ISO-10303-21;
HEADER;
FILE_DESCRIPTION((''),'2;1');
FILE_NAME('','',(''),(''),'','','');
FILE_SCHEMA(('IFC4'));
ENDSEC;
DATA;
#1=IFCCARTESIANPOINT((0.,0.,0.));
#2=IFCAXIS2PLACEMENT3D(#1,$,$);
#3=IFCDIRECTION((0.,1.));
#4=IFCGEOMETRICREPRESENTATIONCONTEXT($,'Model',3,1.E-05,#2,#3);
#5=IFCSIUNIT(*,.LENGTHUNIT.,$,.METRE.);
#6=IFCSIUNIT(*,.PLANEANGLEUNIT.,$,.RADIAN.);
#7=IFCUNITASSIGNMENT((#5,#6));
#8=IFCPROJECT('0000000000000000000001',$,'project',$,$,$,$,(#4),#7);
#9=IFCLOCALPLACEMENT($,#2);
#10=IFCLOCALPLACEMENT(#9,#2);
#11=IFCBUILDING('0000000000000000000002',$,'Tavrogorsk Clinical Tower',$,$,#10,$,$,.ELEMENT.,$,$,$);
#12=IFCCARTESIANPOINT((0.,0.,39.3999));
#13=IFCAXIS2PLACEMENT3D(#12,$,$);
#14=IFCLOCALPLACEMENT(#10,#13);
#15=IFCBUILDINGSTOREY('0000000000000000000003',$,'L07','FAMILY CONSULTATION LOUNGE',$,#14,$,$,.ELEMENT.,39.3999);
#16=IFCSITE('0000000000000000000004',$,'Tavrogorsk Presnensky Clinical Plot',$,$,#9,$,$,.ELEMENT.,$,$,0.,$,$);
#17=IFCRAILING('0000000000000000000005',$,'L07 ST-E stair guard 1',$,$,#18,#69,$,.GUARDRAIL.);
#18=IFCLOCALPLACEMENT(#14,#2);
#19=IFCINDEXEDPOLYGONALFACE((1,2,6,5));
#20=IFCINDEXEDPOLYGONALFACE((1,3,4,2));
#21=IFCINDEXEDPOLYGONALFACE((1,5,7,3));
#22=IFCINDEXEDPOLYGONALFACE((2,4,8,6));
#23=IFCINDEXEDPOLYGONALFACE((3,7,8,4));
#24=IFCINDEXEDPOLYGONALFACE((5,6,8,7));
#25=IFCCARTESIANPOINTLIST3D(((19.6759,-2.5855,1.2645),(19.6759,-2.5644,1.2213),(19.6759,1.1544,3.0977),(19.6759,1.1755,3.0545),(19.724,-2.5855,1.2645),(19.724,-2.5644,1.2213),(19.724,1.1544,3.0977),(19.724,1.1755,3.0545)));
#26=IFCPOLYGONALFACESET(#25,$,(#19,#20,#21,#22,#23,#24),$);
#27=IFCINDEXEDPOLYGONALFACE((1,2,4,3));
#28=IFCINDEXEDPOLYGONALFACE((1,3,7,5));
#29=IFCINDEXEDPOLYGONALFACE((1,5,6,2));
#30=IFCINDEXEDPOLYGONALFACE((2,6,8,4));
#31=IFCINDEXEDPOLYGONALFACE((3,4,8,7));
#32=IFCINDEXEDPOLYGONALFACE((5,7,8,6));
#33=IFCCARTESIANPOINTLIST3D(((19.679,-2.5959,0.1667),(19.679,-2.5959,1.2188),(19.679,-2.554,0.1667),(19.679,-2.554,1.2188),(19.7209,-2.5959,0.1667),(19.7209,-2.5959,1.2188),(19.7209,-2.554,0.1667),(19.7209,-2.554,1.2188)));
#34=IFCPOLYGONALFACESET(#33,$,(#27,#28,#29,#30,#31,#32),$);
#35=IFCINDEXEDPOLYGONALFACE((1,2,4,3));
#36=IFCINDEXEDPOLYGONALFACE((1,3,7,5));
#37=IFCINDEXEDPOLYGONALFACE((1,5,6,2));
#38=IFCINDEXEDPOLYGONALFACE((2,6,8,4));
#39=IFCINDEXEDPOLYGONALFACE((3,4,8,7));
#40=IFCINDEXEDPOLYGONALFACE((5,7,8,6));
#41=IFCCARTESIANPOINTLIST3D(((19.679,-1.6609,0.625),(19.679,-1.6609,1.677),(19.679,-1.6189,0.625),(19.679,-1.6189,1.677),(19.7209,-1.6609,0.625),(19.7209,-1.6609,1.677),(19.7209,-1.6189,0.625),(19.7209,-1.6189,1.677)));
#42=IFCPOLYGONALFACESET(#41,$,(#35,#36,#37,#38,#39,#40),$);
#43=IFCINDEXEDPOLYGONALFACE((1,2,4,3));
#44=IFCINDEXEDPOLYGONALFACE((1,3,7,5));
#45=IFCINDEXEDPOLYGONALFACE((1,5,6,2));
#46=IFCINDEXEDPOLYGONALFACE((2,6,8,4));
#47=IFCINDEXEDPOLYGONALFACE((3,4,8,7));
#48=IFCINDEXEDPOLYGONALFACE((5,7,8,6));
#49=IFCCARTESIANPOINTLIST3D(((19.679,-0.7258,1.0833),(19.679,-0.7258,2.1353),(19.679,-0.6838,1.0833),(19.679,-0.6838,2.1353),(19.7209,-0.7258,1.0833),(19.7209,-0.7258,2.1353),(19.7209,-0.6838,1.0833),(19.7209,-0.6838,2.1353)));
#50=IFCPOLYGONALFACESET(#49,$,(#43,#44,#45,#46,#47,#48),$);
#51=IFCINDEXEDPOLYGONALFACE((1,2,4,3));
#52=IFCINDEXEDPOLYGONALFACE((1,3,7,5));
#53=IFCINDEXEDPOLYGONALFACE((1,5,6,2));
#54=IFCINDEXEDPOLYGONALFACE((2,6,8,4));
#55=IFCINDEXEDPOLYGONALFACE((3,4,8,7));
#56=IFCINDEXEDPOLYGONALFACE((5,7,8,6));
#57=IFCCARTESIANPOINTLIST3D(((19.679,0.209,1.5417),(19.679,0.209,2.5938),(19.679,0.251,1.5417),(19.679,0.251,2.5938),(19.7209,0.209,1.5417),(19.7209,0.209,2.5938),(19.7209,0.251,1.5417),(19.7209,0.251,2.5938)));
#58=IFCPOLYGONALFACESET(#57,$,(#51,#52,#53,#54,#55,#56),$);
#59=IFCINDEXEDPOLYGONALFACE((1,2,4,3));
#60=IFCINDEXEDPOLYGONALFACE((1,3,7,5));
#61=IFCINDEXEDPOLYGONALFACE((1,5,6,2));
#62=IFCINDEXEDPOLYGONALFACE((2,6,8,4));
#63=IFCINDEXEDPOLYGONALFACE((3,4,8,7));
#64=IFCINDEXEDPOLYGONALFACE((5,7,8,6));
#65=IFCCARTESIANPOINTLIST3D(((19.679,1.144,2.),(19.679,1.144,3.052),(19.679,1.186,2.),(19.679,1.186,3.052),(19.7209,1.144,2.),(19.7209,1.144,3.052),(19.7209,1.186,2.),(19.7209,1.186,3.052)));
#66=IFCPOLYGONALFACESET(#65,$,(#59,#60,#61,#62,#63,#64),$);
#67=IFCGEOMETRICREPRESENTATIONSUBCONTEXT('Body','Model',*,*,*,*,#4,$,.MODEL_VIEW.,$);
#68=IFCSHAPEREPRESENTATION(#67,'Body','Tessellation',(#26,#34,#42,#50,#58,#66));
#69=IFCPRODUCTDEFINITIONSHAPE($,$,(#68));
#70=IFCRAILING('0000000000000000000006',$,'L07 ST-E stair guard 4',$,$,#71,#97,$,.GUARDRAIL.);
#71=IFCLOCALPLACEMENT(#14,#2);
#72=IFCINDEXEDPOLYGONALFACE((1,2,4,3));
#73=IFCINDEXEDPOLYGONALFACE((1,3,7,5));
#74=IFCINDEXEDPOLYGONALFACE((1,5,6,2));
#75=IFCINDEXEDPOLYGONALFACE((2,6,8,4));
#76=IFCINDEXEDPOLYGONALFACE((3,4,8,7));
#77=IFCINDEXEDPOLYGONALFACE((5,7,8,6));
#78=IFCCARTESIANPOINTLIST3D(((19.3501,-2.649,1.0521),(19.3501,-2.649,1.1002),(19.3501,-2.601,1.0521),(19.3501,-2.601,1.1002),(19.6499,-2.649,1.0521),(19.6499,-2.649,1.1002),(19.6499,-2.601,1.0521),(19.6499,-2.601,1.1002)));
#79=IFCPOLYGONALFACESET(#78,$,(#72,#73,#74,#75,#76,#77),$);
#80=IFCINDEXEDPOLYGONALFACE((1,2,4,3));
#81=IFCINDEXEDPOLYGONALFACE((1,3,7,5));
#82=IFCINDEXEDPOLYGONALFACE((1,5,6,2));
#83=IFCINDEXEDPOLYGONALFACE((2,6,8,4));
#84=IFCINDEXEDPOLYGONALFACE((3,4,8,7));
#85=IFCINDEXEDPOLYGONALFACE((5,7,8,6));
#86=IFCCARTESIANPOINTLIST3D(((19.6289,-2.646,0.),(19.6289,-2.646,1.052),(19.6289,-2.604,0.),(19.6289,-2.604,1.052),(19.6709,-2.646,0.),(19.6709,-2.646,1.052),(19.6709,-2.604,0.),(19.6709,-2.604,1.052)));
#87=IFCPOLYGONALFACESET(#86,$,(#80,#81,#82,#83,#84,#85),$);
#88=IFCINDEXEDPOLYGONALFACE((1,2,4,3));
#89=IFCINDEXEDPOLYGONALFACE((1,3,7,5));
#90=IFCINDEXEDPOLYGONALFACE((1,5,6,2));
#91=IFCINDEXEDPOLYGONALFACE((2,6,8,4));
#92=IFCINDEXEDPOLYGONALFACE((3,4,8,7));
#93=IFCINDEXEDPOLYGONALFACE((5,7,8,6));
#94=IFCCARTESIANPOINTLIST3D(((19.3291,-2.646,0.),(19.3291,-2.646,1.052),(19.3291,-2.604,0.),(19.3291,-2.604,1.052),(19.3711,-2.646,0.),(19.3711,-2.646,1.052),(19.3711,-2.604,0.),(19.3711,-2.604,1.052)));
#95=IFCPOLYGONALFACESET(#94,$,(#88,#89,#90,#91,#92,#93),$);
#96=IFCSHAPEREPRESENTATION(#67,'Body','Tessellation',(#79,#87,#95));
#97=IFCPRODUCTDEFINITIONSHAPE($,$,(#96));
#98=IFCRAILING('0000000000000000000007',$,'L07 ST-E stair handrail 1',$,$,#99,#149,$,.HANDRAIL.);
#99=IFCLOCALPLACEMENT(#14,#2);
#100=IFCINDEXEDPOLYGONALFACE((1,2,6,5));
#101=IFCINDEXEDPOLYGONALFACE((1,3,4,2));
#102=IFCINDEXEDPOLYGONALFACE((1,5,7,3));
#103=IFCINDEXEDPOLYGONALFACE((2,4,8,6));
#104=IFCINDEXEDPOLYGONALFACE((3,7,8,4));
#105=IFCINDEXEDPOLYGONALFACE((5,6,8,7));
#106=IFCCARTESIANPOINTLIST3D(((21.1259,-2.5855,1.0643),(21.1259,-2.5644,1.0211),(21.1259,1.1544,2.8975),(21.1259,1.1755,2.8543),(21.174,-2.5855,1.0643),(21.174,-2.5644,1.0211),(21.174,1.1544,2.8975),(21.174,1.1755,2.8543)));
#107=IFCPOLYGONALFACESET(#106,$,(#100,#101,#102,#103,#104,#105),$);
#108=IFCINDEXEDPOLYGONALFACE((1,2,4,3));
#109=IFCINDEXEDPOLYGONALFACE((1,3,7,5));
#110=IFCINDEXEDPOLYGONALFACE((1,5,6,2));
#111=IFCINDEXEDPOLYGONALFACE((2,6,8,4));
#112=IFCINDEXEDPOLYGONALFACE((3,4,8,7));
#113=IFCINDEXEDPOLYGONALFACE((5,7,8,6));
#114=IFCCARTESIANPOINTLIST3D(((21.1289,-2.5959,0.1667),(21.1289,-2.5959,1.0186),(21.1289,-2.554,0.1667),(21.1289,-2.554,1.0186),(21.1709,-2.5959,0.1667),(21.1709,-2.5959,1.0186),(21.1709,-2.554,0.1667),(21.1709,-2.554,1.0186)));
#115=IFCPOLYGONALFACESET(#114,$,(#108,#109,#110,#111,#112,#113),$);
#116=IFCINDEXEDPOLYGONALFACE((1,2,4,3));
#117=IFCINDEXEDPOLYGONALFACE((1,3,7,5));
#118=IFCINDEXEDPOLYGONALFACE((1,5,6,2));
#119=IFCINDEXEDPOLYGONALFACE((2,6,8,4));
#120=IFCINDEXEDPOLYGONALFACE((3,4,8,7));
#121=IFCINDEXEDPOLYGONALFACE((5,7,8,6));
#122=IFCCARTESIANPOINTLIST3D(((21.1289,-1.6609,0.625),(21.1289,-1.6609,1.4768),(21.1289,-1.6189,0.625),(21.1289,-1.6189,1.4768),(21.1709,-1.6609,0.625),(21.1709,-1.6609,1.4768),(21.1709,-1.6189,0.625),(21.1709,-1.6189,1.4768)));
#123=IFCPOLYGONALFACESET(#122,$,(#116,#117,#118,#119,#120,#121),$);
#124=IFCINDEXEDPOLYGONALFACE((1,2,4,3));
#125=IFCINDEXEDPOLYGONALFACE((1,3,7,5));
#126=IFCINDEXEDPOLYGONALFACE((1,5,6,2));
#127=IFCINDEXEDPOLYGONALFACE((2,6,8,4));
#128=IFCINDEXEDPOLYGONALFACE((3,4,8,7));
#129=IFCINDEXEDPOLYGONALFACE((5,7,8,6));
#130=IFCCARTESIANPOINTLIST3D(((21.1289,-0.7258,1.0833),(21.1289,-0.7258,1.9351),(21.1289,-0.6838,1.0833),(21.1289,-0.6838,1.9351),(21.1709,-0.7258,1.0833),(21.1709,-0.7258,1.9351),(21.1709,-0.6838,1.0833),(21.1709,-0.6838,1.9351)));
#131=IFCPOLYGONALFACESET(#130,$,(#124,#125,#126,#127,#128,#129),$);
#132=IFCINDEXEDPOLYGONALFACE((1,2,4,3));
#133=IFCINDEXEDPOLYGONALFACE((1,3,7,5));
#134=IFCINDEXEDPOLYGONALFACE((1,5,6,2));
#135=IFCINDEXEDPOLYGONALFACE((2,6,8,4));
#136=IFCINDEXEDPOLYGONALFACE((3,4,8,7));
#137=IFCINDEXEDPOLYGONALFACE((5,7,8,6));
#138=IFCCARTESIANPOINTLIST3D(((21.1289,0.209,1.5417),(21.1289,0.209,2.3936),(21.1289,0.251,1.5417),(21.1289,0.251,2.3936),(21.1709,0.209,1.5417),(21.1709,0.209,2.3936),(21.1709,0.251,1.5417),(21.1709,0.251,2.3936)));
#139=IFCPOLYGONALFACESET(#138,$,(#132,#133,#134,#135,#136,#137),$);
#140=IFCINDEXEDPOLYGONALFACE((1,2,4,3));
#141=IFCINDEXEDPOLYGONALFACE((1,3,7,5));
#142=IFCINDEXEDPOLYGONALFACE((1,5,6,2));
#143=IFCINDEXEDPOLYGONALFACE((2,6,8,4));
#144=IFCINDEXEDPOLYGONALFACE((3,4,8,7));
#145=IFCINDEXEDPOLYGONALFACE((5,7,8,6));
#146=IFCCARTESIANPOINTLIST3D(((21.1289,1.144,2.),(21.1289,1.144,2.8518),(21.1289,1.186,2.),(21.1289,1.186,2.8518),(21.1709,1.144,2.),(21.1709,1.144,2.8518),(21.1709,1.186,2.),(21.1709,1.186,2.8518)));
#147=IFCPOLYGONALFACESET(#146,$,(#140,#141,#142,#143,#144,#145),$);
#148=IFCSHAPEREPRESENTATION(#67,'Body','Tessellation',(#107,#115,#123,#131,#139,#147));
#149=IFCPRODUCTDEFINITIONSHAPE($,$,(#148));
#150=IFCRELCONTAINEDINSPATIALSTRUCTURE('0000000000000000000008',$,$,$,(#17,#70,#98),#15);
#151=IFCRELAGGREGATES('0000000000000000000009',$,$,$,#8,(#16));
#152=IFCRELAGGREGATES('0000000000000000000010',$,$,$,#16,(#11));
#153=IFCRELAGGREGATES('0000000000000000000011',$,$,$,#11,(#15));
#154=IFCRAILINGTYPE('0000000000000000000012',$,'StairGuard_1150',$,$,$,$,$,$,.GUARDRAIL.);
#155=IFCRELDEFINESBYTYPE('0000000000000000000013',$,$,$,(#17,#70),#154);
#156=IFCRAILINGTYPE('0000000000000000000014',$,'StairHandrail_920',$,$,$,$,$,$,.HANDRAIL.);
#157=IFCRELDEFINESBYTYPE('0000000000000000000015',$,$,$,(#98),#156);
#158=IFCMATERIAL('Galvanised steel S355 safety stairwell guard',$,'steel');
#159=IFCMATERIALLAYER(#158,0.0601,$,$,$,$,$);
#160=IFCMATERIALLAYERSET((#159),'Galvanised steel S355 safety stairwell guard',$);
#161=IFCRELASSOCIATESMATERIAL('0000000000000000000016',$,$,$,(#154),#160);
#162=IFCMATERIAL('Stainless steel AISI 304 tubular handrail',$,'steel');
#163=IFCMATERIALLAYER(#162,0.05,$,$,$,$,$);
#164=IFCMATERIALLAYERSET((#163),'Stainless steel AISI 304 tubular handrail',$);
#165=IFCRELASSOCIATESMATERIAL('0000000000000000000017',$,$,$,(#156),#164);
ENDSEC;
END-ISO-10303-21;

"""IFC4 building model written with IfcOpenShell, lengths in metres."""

from ifc_helpers import new_model, si_unit, direction, frame, origin, origin_2d, place, context, subcontext, project, spatial, rectangle, extrude, material, layer, layer_set, type_object, element, save


model = new_model("IFC4")

# Units and contexts
model_context = context("Model", 3, precision=1e-05, world=origin(), true_north=direction((0.0, 1.0)))
body_context = subcontext(model_context, "Body", "Model", "MODEL_VIEW")
ifc_project = project(units=[si_unit("LENGTHUNIT", "METRE"), si_unit("PLANEANGLEUNIT", "RADIAN")], contexts=[model_context])

# Site, building, storey
site_placement = place(None, origin())
site = spatial("IfcSite", under=ifc_project, at=site_placement, Name="Tavrogorsk Presnensky Clinical Plot", CompositionType="ELEMENT", RefElevation=0.0)
building_placement = place(site_placement, origin())
building = spatial("IfcBuilding", under=site, at=building_placement, Name="Tavrogorsk Clinical Tower", CompositionType="ELEMENT")
storey_placement = place(building_placement, frame((0.0, 0.0, 39.3999)))
storey = spatial("IfcBuildingStorey", under=building, at=storey_placement, Name="L07", Description="FAMILY CONSULTATION LOUNGE", CompositionType="ELEMENT", Elevation=39.3999)

# Railings
ifc_material_1 = material(Name="Galvanised steel S355 safety stairwell guard", Category="steel")
ifc_layer_1 = layer(ifc_material_1, 0.0601)
ifc_layer_set_1 = layer_set([ifc_layer_1], Name="Galvanised steel S355 safety stairwell guard")
railing_type_1 = type_object("IfcRailingType", Name="StairGuard_1150", PredefinedType="GUARDRAIL", material=ifc_layer_set_1)
railing_1_placement = place(storey_placement, frame((19.7, -2.575, 0.1667)))
element("IfcRailing", 1, at=railing_1_placement, inside=storey, type_object=railing_type_1, Name="L07 ST-E stair guard 1", PredefinedType="GUARDRAIL", context=body_context, shape_type="SweptSolid", body=[
    extrude(rectangle(XDim=0.0481, YDim=0.0481, at=origin_2d()), frame((0.0, 0.0, 1.0762), z_axis=(0.0, 0.897928, 0.440142), x_axis=(-1.0, 0.0, 0.0)), (0.0, 0.0, 1.0), 4.165),
    extrude(rectangle(XDim=0.042, YDim=0.042, at=origin_2d()), origin(), (0.0, 0.0, 1.0), 1.052),
    extrude(rectangle(XDim=0.042, YDim=0.042, at=origin_2d()), frame((0.0, 0.9351, 0.4583)), (0.0, 0.0, 1.0), 1.052),
    extrude(rectangle(XDim=0.042, YDim=0.042, at=origin_2d()), frame((0.0, 1.8701, 0.9165)), (0.0, 0.0, 1.0), 1.052),
    extrude(rectangle(XDim=0.042, YDim=0.042, at=origin_2d()), frame((0.0, 2.8049, 1.375)), (0.0, 0.0, 1.0), 1.052),
    extrude(rectangle(XDim=0.042, YDim=0.042, at=origin_2d()), frame((0.0, 3.74, 1.8333)), (0.0, 0.0, 1.0), 1.052),
])
railing_2_placement = place(storey_placement, frame((19.6499, -2.625, 0.0)))
element("IfcRailing", 2, at=railing_2_placement, inside=storey, type_object=railing_type_1, Name="L07 ST-E stair guard 4", PredefinedType="GUARDRAIL", context=body_context, shape_type="SweptSolid", body=[
    extrude(rectangle(XDim=0.0481, YDim=0.0481, at=origin_2d()), frame((0.0, 0.0, 1.0762), z_axis=(-1.0, 0.0, 0.0), x_axis=(0.0, -1.0, 0.0)), (0.0, 0.0, 1.0), 0.2998),
    extrude(rectangle(XDim=0.042, YDim=0.042, at=origin_2d()), origin(), (0.0, 0.0, 1.0), 1.052),
    extrude(rectangle(XDim=0.042, YDim=0.042, at=origin_2d()), frame((-0.2998, 0.0, 0.0)), (0.0, 0.0, 1.0), 1.052),
])
ifc_material_2 = material(Name="Stainless steel AISI 304 tubular handrail", Category="steel")
ifc_layer_2 = layer(ifc_material_2, 0.05)
ifc_layer_set_2 = layer_set([ifc_layer_2], Name="Stainless steel AISI 304 tubular handrail")
railing_type_2 = type_object("IfcRailingType", Name="StairHandrail_920", PredefinedType="HANDRAIL", material=ifc_layer_set_2)
railing_3_placement = place(storey_placement, frame((21.1499, -2.575, 0.1667)))
element("IfcRailing", 3, at=railing_3_placement, inside=storey, type_object=railing_type_2, Name="L07 ST-E stair handrail 1", PredefinedType="HANDRAIL", context=body_context, shape_type="SweptSolid", body=[
    extrude(rectangle(XDim=0.0481, YDim=0.0481, at=origin_2d()), frame((0.0, 0.0, 0.876), z_axis=(0.0, 0.897928, 0.440142), x_axis=(-1.0, 0.0, 0.0)), (0.0, 0.0, 1.0), 4.165),
    extrude(rectangle(XDim=0.042, YDim=0.042, at=origin_2d()), origin(), (0.0, 0.0, 1.0), 0.8518),
    extrude(rectangle(XDim=0.042, YDim=0.042, at=origin_2d()), frame((0.0, 0.9351, 0.4583)), (0.0, 0.0, 1.0), 0.8518),
    extrude(rectangle(XDim=0.042, YDim=0.042, at=origin_2d()), frame((0.0, 1.8701, 0.9165)), (0.0, 0.0, 1.0), 0.8518),
    extrude(rectangle(XDim=0.042, YDim=0.042, at=origin_2d()), frame((0.0, 2.8049, 1.375)), (0.0, 0.0, 1.0), 0.8518),
    extrude(rectangle(XDim=0.042, YDim=0.042, at=origin_2d()), frame((0.0, 3.74, 1.8333)), (0.0, 0.0, 1.0), 0.8518),
])

save(model, "model.ifc")
